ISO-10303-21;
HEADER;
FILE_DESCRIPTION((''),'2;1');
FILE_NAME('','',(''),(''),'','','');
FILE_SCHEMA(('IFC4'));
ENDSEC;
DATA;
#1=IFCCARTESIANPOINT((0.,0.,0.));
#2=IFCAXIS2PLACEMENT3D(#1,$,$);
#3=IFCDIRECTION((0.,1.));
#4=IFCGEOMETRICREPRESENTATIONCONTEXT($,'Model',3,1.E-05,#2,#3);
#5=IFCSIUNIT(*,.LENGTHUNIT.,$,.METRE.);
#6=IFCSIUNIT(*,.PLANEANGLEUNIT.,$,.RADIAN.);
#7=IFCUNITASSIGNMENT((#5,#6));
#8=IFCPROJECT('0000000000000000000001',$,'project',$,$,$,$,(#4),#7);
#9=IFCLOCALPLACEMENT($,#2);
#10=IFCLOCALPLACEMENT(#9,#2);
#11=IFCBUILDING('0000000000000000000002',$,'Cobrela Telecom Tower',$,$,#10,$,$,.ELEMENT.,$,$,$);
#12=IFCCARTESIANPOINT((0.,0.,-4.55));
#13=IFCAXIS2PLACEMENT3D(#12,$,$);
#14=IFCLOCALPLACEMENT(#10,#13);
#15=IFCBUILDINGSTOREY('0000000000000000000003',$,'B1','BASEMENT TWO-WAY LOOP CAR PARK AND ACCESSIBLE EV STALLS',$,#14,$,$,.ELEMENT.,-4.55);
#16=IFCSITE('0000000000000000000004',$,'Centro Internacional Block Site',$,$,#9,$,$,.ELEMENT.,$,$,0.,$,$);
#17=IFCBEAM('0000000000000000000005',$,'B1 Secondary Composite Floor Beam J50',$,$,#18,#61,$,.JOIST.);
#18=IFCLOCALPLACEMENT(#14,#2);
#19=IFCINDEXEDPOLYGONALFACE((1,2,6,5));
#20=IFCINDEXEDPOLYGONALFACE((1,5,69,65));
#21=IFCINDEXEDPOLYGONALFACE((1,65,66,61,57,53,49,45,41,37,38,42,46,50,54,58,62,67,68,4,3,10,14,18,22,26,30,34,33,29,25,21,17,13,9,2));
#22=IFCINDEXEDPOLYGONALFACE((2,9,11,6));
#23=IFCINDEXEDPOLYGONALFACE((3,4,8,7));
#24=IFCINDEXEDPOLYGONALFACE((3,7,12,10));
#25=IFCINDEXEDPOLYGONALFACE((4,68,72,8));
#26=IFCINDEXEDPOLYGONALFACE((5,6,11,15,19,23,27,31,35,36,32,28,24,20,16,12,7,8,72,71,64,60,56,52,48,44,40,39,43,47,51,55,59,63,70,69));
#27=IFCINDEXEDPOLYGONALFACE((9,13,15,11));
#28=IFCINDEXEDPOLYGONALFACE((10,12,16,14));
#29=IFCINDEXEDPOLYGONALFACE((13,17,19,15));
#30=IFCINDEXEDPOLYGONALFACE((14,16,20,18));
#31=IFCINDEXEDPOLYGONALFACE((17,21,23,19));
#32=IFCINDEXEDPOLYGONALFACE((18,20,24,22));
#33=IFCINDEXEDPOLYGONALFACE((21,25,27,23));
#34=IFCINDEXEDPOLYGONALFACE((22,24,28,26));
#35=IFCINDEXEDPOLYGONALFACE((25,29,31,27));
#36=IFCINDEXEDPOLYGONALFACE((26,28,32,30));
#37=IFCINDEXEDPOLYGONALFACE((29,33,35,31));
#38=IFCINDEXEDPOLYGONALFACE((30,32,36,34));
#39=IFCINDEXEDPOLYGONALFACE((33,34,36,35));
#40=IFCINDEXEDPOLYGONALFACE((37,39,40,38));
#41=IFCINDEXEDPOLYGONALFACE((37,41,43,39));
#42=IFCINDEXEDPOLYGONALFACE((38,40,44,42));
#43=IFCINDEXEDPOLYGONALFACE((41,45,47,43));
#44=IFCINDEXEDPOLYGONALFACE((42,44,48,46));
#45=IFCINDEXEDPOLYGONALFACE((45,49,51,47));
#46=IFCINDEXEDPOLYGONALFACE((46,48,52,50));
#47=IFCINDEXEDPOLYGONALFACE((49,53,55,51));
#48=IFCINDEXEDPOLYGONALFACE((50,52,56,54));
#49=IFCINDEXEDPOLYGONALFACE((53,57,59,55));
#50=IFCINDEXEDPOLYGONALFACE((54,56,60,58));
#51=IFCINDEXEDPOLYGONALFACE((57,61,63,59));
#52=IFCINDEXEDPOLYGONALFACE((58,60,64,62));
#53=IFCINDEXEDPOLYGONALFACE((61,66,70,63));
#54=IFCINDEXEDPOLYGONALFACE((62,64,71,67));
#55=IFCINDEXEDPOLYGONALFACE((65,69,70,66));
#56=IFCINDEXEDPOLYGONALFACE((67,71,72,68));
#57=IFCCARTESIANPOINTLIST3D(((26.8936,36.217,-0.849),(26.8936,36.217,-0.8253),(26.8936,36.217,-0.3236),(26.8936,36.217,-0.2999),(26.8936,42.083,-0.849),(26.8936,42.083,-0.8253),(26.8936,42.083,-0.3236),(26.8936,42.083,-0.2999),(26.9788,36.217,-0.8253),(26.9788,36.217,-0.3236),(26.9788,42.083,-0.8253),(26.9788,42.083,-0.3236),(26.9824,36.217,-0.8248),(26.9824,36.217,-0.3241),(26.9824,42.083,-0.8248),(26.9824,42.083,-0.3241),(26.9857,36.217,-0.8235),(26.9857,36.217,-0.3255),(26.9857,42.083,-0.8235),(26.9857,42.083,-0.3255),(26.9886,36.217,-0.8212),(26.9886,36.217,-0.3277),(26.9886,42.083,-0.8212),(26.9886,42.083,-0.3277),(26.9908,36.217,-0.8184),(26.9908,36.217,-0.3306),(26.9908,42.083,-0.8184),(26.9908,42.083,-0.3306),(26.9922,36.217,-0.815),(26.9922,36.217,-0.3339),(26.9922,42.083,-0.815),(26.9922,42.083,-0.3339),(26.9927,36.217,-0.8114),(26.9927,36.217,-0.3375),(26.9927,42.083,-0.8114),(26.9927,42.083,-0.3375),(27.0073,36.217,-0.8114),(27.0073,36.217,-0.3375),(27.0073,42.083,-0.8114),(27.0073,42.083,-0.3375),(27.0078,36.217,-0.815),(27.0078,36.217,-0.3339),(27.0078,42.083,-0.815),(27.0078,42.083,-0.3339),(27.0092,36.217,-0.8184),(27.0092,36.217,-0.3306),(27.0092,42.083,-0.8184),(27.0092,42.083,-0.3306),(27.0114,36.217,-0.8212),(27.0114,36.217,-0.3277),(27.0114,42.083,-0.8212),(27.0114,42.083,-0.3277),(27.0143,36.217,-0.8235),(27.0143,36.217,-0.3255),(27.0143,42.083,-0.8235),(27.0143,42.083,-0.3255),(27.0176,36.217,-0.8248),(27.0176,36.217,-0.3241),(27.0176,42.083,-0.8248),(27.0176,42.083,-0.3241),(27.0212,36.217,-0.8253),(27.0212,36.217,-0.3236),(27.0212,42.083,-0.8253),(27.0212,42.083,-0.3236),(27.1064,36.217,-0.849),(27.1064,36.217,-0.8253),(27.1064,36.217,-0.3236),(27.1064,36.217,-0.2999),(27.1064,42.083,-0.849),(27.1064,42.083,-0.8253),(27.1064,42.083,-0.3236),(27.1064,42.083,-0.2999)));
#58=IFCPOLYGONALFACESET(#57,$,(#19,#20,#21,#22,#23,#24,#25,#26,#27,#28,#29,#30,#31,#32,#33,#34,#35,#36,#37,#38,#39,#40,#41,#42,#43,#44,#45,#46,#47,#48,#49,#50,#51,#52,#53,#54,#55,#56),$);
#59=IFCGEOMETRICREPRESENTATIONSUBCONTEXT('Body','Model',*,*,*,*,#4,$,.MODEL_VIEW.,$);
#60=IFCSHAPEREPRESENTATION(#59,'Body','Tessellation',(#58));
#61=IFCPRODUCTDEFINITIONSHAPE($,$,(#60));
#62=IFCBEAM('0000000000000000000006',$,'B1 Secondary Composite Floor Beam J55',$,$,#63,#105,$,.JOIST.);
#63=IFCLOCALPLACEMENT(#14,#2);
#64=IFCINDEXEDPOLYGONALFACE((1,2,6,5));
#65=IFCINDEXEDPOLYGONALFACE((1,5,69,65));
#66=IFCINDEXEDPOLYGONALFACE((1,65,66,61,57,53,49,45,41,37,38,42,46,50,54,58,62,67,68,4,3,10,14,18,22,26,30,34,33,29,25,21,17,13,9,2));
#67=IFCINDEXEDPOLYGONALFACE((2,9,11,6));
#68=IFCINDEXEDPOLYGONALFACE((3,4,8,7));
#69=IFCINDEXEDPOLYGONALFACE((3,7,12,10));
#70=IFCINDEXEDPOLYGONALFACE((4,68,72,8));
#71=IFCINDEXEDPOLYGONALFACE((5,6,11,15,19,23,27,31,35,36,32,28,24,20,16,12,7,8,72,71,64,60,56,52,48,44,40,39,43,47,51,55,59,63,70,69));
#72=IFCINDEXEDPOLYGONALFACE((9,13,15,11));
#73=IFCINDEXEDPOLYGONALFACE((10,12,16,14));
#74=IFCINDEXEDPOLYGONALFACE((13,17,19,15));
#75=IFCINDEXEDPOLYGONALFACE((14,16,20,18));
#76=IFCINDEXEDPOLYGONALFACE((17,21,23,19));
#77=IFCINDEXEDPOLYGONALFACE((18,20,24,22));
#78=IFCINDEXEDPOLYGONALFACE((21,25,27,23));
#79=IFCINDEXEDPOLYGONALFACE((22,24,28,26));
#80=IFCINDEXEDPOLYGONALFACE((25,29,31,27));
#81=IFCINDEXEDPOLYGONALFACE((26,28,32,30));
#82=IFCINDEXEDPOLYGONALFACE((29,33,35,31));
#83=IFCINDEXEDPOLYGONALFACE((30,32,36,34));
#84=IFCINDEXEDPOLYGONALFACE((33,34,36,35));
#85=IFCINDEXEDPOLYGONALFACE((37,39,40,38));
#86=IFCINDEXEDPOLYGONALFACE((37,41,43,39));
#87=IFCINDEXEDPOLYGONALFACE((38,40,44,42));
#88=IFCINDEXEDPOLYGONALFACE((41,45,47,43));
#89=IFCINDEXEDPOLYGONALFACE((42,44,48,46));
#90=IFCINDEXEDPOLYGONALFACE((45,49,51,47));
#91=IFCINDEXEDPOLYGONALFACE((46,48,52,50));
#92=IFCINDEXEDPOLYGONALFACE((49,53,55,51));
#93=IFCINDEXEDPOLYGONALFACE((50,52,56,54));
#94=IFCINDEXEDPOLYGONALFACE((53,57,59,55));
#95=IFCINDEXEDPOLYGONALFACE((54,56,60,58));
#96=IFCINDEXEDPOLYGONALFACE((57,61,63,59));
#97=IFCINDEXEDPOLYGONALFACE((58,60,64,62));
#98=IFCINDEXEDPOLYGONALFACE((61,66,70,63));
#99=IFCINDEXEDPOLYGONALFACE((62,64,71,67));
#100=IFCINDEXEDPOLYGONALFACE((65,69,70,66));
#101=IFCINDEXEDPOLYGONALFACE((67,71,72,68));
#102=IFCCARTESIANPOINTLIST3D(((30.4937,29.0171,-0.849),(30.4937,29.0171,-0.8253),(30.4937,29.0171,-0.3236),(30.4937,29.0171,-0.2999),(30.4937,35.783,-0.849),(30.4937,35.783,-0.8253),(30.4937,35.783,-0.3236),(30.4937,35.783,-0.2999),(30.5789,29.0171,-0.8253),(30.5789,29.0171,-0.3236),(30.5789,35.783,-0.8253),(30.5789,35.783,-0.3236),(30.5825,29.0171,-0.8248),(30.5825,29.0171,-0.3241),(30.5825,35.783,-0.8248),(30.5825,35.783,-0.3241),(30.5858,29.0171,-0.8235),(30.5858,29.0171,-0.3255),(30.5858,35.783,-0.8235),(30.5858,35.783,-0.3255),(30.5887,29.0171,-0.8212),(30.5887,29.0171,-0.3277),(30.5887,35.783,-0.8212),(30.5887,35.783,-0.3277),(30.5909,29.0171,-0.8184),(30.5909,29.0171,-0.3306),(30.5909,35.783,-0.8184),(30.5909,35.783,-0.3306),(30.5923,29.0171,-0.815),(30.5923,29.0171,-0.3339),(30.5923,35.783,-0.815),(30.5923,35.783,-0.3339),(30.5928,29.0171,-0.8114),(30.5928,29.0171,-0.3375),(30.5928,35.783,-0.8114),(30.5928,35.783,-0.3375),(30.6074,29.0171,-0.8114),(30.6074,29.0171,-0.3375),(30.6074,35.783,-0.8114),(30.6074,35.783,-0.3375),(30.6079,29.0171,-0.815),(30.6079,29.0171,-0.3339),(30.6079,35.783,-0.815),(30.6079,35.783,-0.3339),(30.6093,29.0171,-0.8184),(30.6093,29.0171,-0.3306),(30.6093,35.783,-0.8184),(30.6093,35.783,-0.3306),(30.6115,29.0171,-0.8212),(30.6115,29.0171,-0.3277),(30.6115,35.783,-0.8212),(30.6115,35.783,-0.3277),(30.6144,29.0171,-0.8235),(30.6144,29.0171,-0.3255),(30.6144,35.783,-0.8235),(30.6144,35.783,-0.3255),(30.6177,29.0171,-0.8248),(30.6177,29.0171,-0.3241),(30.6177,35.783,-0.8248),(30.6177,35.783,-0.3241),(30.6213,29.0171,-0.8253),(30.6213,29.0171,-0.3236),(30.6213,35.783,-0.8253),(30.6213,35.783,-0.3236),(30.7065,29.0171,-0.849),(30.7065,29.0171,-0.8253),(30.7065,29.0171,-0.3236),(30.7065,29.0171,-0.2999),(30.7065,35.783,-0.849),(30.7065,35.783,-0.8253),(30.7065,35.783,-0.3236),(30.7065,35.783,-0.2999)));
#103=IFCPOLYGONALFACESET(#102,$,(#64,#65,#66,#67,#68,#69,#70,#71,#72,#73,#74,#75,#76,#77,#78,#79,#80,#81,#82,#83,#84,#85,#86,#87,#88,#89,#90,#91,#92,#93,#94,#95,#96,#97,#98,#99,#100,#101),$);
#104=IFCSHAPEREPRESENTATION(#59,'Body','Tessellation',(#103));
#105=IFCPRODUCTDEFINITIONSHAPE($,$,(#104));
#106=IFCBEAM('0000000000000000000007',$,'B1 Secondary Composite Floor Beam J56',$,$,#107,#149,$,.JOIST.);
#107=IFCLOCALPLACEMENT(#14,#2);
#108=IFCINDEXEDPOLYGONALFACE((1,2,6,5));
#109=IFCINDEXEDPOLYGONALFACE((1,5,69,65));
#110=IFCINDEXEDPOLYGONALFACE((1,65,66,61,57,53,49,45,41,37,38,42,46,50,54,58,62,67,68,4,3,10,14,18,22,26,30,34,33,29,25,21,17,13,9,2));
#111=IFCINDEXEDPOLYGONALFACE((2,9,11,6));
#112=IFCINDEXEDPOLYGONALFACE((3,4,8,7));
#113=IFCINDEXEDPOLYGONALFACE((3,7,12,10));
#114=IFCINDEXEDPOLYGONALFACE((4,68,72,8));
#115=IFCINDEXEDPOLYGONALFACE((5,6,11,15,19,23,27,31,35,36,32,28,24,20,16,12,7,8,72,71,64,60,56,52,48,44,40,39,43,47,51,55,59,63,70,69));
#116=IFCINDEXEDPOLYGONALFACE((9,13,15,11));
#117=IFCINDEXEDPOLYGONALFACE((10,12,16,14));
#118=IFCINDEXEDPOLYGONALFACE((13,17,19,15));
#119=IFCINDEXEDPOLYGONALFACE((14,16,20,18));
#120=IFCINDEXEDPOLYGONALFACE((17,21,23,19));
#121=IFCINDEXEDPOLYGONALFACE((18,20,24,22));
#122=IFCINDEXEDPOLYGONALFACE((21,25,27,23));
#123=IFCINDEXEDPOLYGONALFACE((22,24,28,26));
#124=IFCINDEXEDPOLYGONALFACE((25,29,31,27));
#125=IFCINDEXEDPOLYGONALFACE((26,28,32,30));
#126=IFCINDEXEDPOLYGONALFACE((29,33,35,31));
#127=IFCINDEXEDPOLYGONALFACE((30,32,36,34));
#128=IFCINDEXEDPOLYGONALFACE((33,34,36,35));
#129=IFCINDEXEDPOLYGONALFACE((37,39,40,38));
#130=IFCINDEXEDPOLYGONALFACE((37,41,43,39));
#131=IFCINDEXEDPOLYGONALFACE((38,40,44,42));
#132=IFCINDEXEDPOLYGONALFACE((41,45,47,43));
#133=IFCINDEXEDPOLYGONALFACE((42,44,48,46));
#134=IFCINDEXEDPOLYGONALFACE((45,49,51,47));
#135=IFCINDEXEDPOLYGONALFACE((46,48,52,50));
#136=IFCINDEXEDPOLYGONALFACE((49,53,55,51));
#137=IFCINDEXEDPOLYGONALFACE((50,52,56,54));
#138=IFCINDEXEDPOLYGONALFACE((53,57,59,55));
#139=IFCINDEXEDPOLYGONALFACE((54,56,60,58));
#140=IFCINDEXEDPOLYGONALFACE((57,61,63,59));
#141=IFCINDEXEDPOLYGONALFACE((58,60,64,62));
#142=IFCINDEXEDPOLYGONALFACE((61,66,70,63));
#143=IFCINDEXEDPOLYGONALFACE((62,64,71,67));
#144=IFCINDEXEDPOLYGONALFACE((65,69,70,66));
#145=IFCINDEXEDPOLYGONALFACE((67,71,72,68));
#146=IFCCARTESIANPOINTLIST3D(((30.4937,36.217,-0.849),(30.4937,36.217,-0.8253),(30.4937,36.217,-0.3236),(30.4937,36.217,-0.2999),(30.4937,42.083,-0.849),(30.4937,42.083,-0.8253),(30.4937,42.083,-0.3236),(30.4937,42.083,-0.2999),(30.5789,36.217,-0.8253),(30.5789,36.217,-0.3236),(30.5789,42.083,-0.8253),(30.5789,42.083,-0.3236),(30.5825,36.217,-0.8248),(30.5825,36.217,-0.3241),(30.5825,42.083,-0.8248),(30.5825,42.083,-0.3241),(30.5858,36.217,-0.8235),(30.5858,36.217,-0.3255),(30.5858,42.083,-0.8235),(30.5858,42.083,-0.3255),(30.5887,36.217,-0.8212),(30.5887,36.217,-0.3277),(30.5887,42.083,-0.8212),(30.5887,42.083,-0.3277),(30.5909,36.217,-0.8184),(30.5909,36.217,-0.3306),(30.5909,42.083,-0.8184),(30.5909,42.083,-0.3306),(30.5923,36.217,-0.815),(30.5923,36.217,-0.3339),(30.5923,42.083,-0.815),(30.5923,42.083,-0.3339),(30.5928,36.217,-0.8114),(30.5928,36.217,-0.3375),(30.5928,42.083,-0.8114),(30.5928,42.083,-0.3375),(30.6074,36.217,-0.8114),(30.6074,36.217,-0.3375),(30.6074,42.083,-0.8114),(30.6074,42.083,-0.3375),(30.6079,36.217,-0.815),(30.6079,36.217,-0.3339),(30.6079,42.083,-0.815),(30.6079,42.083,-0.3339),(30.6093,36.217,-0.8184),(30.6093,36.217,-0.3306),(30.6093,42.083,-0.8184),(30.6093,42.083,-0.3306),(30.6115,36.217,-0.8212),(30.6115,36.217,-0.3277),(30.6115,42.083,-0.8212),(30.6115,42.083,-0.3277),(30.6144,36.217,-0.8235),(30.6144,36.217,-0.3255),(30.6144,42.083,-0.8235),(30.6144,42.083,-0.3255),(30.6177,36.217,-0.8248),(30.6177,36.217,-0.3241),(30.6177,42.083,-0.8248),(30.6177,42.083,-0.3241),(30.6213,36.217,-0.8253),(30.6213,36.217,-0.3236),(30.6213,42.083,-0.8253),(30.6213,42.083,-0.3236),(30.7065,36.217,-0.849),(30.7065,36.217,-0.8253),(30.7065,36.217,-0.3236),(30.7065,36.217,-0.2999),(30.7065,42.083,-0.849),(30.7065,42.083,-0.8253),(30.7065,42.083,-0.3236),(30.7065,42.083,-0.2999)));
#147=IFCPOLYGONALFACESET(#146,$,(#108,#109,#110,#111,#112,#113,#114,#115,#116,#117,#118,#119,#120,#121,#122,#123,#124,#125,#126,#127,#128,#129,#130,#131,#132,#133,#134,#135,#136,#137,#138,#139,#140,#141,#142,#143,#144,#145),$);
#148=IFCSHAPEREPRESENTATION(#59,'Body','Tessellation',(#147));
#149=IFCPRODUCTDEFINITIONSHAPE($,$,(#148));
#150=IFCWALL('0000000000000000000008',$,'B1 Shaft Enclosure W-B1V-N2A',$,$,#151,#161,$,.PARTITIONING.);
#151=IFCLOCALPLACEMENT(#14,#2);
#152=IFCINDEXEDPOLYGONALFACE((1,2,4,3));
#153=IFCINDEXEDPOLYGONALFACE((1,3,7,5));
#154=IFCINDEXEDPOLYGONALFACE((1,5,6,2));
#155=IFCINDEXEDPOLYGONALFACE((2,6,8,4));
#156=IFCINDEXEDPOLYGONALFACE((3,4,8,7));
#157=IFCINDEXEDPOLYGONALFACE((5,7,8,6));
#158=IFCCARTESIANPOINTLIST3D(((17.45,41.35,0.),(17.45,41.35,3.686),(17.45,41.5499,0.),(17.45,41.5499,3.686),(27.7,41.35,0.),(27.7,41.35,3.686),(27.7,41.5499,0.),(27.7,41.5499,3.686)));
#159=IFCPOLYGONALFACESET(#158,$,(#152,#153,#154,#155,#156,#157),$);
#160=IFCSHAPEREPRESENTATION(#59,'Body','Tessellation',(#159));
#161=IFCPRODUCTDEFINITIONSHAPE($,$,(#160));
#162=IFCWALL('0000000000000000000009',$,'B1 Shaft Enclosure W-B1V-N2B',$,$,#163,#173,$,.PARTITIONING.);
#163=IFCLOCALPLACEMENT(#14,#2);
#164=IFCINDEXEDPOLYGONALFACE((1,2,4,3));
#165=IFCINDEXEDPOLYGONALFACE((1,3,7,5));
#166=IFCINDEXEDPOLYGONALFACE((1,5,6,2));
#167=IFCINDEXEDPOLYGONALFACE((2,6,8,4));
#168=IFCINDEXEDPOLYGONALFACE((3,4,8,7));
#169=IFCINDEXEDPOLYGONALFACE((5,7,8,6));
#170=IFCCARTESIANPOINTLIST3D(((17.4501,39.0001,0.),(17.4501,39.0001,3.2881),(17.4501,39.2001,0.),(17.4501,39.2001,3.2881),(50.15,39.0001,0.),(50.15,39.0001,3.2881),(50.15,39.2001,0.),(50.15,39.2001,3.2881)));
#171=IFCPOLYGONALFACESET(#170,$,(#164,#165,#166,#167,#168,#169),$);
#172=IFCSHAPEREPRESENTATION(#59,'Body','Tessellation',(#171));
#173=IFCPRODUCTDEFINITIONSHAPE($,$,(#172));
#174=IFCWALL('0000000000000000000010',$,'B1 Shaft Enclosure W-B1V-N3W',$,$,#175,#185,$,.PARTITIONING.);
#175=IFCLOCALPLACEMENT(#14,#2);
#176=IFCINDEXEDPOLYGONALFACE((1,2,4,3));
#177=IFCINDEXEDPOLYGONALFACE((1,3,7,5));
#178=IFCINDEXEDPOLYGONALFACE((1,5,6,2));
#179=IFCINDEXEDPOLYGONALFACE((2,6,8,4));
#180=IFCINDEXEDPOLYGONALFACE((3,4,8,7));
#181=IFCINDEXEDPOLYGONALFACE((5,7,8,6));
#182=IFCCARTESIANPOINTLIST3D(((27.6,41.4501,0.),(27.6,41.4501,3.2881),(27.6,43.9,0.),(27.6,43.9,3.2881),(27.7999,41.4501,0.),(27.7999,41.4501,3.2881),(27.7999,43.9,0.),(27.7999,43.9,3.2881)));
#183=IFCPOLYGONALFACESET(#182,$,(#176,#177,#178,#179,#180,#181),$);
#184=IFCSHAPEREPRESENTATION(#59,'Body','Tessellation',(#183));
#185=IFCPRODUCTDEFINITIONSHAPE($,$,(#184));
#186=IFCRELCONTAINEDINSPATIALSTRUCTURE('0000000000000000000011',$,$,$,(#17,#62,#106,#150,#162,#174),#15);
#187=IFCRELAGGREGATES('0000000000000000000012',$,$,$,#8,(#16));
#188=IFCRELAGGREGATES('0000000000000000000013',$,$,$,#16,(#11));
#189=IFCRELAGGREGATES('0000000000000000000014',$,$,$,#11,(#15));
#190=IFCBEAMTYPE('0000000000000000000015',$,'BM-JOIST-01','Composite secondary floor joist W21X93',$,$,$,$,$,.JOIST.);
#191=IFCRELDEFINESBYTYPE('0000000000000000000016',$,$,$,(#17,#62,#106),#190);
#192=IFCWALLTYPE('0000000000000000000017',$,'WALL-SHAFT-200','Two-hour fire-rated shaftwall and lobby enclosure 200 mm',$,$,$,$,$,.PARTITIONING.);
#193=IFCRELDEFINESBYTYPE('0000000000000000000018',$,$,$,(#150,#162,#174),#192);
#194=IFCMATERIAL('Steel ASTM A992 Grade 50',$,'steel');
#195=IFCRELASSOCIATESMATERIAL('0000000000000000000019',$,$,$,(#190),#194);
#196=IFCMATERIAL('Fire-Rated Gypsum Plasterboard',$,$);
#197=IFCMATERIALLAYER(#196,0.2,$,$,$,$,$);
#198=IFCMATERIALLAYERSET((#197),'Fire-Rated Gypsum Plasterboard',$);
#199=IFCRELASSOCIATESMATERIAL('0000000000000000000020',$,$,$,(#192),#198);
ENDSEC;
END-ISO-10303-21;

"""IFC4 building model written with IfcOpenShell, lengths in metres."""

from ifc_helpers import new_model, si_unit, direction, frame, frame_2d, origin, origin_2d, place, context, subcontext, project, spatial, rectangle, i_section, extrude, material, layer, layer_set, material_profile, profile_set, type_object, element, save


model = new_model("IFC4")

# Units and contexts
model_context = context("Model", 3, precision=1e-05, world=origin(), true_north=direction((0.0, 1.0)))
body_context = subcontext(model_context, "Body", "Model", "MODEL_VIEW")
ifc_project = project(units=[si_unit("LENGTHUNIT", "METRE"), si_unit("PLANEANGLEUNIT", "RADIAN")], contexts=[model_context])

# Site, building, storey
site_placement = place(None, origin())
site = spatial("IfcSite", under=ifc_project, at=site_placement, Name="Centro Internacional Block Site", CompositionType="ELEMENT", RefElevation=0.0)
building_placement = place(site_placement, origin())
building = spatial("IfcBuilding", under=site, at=building_placement, Name="Cobrela Telecom Tower", CompositionType="ELEMENT")
storey_placement = place(building_placement, frame((0.0, 0.0, -4.55)))
storey = spatial("IfcBuildingStorey", under=building, at=storey_placement, Name="B1", Description="BASEMENT TWO-WAY LOOP CAR PARK AND ACCESSIBLE EV STALLS", CompositionType="ELEMENT", Elevation=-4.55)

# Beams
ifc_material_1 = material(Name="Steel ASTM A992 Grade 50", Category="steel")
ifc_material_profile_1 = material_profile(ifc_material_1, i_section(OverallWidth=0.2129, OverallDepth=0.5491, WebThickness=0.0146, FlangeThickness=0.0237, FilletRadius=0.0139, at=origin_2d()), Name="W21X93")
ifc_profile_set_1 = profile_set([ifc_material_profile_1], Name="Steel ASTM A992 Grade 50")
beam_type_1 = type_object("IfcBeamType", Name="BM-JOIST-01", Description="Composite secondary floor joist W21X93", PredefinedType="JOIST", material=ifc_profile_set_1)
beam_1_placement = place(storey_placement, frame((27.0, 36.217, -0.5745), z_axis=(0.0, 1.0, 0.0), x_axis=(-1.0, 0.0, 0.0)))
element("IfcBeam", 1, at=beam_1_placement, inside=storey, type_object=beam_type_1, Name="B1 Secondary Composite Floor Beam J50", PredefinedType="JOIST", context=body_context, shape_type="SweptSolid", body=[
    extrude(i_section(OverallWidth=0.2129, OverallDepth=0.5491, WebThickness=0.0146, FlangeThickness=0.0237, FilletRadius=0.0139, at=origin_2d()), origin(), (0.0, 0.0, 1.0), 5.866),
])
beam_2_placement = place(storey_placement, frame((30.6001, 29.0171, -0.5745), z_axis=(0.0, 1.0, 0.0), x_axis=(-1.0, 0.0, 0.0)))
element("IfcBeam", 2, at=beam_2_placement, inside=storey, type_object=beam_type_1, Name="B1 Secondary Composite Floor Beam J55", PredefinedType="JOIST", context=body_context, shape_type="SweptSolid", body=[
    extrude(i_section(OverallWidth=0.2129, OverallDepth=0.5491, WebThickness=0.0146, FlangeThickness=0.0237, FilletRadius=0.0139, at=origin_2d()), origin(), (0.0, 0.0, 1.0), 6.7659),
])
beam_3_placement = place(storey_placement, frame((30.6001, 36.217, -0.5745), z_axis=(0.0, 1.0, 0.0), x_axis=(-1.0, 0.0, 0.0)))
element("IfcBeam", 3, at=beam_3_placement, inside=storey, type_object=beam_type_1, Name="B1 Secondary Composite Floor Beam J56", PredefinedType="JOIST", context=body_context, shape_type="SweptSolid", body=[
    extrude(i_section(OverallWidth=0.2129, OverallDepth=0.5491, WebThickness=0.0146, FlangeThickness=0.0237, FilletRadius=0.0139, at=origin_2d()), origin(), (0.0, 0.0, 1.0), 5.866),
])

# Walls
ifc_material_2 = material(Name="Fire-Rated Gypsum Plasterboard")
ifc_layer = layer(ifc_material_2, 0.2)
ifc_layer_set = layer_set([ifc_layer], Name="Fire-Rated Gypsum Plasterboard")
wall_type = type_object("IfcWallType", Name="WALL-SHAFT-200", Description="Two-hour fire-rated shaftwall and lobby enclosure 200 mm", PredefinedType="PARTITIONING", material=ifc_layer_set)
wall_1_placement = place(storey_placement, frame((17.45, 41.45, 0.0), z_axis=(0.0, 0.0, 1.0), x_axis=(1.0, 0.0, 0.0)))
element("IfcWall", 4, at=wall_1_placement, inside=storey, type_object=wall_type, Name="B1 Shaft Enclosure W-B1V-N2A", PredefinedType="PARTITIONING", context=body_context, shape_type="SweptSolid", body=[
    extrude(rectangle(XDim=10.25, YDim=0.2, at=frame_2d((5.125, 0.0))), origin(), (0.0, 0.0, 1.0), 3.686),
])
wall_2_placement = place(storey_placement, frame((17.45, 39.1001, 0.0), z_axis=(0.0, 0.0, 1.0), x_axis=(1.0, 0.0, 0.0)))
element("IfcWall", 5, at=wall_2_placement, inside=storey, type_object=wall_type, Name="B1 Shaft Enclosure W-B1V-N2B", PredefinedType="PARTITIONING", context=body_context, shape_type="SweptSolid", body=[
    extrude(rectangle(XDim=32.7, YDim=0.2, at=frame_2d((16.3501, 0.0))), origin(), (0.0, 0.0, 1.0), 3.2881),
])
wall_3_placement = place(storey_placement, frame((27.7, 41.45, 0.0), z_axis=(0.0, 0.0, 1.0), x_axis=(0.0, 1.0, 0.0)))
element("IfcWall", 6, at=wall_3_placement, inside=storey, type_object=wall_type, Name="B1 Shaft Enclosure W-B1V-N3W", PredefinedType="PARTITIONING", context=body_context, shape_type="SweptSolid", body=[
    extrude(rectangle(XDim=2.45, YDim=0.2, at=frame_2d((1.2251, 0.0))), origin(), (0.0, 0.0, 1.0), 3.2881),
])

save(model, "model.ifc")
